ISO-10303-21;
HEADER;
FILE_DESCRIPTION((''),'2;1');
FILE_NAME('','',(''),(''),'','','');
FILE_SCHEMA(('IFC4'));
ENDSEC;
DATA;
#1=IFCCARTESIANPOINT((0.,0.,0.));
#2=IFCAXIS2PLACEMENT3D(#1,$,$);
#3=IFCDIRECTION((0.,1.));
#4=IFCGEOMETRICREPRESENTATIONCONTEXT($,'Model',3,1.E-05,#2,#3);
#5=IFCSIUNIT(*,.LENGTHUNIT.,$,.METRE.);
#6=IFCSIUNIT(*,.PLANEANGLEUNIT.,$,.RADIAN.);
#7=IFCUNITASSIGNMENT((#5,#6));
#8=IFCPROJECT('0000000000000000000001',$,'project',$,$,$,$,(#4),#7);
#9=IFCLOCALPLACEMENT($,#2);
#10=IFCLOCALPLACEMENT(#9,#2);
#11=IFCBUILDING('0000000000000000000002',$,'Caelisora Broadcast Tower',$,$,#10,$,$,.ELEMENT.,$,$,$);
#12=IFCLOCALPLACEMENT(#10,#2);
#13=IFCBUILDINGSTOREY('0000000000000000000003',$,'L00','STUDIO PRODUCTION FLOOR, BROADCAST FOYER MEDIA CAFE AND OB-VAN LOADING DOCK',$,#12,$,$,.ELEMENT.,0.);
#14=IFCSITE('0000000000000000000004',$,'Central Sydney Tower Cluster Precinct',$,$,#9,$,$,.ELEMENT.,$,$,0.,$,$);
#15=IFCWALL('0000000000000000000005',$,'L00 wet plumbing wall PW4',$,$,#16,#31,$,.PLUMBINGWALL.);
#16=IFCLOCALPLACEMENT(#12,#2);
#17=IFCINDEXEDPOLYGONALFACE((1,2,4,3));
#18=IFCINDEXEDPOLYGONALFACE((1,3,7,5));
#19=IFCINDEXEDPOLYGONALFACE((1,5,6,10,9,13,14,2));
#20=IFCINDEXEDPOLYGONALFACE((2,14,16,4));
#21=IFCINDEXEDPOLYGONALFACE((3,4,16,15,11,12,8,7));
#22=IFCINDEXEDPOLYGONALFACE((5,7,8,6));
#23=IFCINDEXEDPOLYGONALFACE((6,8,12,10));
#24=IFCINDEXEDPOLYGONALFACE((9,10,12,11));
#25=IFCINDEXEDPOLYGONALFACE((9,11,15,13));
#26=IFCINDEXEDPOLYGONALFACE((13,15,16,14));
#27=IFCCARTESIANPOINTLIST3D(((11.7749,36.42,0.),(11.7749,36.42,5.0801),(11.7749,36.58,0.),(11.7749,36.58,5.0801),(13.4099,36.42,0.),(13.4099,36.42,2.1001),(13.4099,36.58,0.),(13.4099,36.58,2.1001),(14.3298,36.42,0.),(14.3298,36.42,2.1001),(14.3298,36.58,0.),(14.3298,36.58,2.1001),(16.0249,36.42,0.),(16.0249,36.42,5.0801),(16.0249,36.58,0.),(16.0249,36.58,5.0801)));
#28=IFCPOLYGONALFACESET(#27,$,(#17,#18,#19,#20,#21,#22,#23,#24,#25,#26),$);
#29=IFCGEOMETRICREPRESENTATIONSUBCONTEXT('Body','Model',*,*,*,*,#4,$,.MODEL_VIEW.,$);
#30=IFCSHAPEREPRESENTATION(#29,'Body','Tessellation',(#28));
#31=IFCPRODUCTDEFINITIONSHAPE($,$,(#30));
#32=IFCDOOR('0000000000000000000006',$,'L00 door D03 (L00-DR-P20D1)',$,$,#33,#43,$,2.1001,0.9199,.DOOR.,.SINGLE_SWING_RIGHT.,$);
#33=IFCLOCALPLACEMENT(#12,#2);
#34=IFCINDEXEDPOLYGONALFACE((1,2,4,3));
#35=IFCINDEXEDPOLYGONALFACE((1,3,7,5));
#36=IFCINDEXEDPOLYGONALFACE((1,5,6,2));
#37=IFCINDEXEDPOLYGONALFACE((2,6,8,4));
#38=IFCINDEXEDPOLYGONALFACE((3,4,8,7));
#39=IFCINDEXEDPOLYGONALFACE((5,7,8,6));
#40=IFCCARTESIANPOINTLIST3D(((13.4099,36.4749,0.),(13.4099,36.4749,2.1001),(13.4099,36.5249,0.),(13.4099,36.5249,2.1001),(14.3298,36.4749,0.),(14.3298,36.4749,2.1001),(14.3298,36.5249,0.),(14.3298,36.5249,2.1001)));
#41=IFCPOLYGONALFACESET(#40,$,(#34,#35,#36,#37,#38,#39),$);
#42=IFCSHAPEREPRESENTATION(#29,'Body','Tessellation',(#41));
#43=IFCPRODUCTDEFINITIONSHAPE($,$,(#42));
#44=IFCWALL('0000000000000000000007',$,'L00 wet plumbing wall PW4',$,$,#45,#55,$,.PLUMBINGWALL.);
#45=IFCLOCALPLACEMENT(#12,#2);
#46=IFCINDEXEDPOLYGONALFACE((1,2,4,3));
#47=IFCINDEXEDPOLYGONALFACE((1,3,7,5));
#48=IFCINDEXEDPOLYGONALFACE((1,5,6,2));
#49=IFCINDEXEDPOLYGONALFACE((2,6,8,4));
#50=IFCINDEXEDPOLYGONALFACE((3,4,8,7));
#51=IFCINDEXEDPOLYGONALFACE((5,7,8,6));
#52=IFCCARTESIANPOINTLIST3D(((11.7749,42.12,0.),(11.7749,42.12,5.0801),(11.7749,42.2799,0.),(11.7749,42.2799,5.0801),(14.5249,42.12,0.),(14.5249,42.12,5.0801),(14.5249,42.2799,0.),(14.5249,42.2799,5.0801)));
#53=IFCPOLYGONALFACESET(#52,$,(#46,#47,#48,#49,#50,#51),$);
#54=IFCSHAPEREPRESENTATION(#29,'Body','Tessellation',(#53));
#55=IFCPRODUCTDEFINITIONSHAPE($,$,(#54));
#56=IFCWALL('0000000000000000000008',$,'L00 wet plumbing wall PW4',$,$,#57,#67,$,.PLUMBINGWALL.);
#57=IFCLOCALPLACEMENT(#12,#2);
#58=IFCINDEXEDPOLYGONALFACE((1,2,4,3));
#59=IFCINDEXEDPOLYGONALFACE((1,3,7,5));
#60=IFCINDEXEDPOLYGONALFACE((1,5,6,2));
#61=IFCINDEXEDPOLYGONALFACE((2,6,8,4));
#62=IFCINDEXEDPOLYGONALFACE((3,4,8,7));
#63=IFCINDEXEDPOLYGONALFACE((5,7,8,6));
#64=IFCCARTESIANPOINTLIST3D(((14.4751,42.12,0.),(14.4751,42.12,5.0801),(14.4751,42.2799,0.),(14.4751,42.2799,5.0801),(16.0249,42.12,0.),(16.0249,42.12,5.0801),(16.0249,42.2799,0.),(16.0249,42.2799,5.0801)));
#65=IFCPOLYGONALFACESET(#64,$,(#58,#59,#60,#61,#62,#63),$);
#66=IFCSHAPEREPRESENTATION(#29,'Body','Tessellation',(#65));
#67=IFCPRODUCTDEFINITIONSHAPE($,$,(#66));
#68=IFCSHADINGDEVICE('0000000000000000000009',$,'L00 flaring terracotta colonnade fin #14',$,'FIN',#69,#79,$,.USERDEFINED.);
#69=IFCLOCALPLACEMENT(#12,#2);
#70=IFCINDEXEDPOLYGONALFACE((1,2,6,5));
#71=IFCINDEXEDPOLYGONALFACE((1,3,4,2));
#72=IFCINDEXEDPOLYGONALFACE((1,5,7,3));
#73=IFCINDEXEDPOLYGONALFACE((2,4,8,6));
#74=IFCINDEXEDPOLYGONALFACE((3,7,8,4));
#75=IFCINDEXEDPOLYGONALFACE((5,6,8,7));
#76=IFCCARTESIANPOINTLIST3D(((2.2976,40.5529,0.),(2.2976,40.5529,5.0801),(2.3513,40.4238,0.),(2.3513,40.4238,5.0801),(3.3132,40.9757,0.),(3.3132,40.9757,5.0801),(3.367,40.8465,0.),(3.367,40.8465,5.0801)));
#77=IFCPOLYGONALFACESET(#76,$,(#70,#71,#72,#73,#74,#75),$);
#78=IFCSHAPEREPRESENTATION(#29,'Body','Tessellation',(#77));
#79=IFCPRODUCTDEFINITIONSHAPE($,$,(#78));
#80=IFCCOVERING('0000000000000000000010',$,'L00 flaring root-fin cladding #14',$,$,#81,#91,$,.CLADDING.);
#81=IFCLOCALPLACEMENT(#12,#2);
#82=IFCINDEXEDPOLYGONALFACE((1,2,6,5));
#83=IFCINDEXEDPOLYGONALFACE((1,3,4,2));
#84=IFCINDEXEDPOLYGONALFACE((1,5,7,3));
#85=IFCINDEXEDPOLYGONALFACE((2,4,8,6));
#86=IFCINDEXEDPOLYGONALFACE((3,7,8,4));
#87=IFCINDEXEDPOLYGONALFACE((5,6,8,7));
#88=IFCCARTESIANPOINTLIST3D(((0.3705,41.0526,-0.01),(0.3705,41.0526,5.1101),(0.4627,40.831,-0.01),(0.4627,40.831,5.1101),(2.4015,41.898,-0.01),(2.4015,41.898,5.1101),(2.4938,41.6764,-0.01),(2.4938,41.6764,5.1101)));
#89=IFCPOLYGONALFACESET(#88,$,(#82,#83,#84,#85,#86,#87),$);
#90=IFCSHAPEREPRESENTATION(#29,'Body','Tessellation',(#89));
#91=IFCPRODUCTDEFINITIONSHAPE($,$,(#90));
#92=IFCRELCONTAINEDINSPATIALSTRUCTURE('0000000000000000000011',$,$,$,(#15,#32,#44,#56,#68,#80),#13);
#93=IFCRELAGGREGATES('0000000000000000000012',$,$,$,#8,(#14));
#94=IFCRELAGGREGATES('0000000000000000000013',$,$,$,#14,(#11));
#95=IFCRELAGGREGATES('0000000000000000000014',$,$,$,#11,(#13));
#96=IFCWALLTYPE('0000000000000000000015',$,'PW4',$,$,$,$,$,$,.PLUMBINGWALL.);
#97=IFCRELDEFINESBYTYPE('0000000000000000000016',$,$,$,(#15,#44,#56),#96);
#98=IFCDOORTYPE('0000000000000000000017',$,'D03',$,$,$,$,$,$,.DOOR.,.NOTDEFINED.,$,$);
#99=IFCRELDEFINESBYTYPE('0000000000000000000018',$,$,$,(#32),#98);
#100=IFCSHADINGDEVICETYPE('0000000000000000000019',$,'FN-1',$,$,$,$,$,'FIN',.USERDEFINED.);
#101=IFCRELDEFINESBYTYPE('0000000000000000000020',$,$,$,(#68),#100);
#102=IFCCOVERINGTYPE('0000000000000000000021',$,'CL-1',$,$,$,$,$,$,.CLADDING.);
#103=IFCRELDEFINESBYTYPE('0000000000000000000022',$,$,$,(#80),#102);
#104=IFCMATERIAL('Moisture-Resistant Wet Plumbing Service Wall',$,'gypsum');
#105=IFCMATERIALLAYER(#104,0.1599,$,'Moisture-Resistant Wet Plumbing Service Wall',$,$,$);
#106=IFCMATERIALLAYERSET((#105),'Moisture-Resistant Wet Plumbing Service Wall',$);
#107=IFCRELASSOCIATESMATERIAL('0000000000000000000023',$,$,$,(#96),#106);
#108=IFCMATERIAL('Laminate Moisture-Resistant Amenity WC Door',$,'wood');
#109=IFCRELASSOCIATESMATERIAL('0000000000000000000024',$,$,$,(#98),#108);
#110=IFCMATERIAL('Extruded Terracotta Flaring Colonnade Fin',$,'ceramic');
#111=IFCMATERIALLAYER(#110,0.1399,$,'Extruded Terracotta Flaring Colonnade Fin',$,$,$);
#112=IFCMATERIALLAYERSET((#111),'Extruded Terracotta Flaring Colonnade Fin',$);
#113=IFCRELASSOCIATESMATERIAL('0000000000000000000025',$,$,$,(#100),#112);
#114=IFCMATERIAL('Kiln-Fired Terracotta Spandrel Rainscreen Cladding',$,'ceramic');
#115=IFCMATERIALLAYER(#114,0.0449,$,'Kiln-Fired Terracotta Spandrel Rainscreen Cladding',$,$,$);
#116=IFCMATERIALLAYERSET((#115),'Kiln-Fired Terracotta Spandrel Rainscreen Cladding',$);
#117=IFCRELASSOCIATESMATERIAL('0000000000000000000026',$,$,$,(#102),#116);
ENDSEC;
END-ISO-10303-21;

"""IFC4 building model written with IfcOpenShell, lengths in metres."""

from ifc_helpers import new_model, si_unit, direction, frame, frame_2d, origin, origin_2d, place, context, subcontext, project, spatial, rectangle, extrude, source, transform, mapped, material, layer, layer_set, type_object, type_shapes, element, fill, save


model = new_model("IFC4")

# Units and contexts
model_context = context("Model", 3, precision=1e-05, world=origin(), true_north=direction((0.0, 1.0)))
body_context = subcontext(model_context, "Body", "Model", "MODEL_VIEW")
ifc_project = project(units=[si_unit("LENGTHUNIT", "METRE"), si_unit("PLANEANGLEUNIT", "RADIAN")], contexts=[model_context])

# Site, building, storey
site_placement = place(None, origin())
site = spatial("IfcSite", under=ifc_project, at=site_placement, Name="Central Sydney Tower Cluster Precinct", CompositionType="ELEMENT", RefElevation=0.0)
building_placement = place(site_placement, origin())
building = spatial("IfcBuilding", under=site, at=building_placement, Name="Caelisora Broadcast Tower", CompositionType="ELEMENT")
storey_placement = place(building_placement, origin())
storey = spatial("IfcBuildingStorey", under=building, at=storey_placement, Name="L00", Description="STUDIO PRODUCTION FLOOR, BROADCAST FOYER MEDIA CAFE AND OB-VAN LOADING DOCK", CompositionType="ELEMENT", Elevation=0.0)

# Shared definitions
ifc_material_1 = material(Name="Moisture-Resistant Wet Plumbing Service Wall", Category="gypsum")
ifc_layer_1 = layer(ifc_material_1, 0.1599, Name="Moisture-Resistant Wet Plumbing Service Wall")
ifc_layer_set_1 = layer_set([ifc_layer_1], Name="Moisture-Resistant Wet Plumbing Service Wall")
wall_type_1 = type_object("IfcWallType", Name="PW4", PredefinedType="PLUMBINGWALL", material=ifc_layer_set_1)

# Shared definitions
ifc_material_2 = material(Name="Laminate Moisture-Resistant Amenity WC Door", Category="wood")
door_type_1 = type_object("IfcDoorType", Name="D03", OperationType="NOTDEFINED", PredefinedType="DOOR", material=ifc_material_2)

# Wall, opening, door
wall_1_placement = place(storey_placement, frame((11.7749, 36.5, 0.0), z_axis=(0.0, 0.0, 1.0), x_axis=(1.0, 0.0, 0.0)))
wall_1 = element("IfcWall", 1, at=wall_1_placement, inside=storey, type_object=wall_type_1, Name="L00 wet plumbing wall PW4", PredefinedType="PLUMBINGWALL", context=body_context, shape_type="SweptSolid", body=[
    extrude(rectangle(XDim=4.25, YDim=0.1599, at=frame_2d((2.125, 0.0))), origin(), (0.0, 0.0, 1.0), 5.0801),
])
opening_1_placement = place(wall_1_placement, frame((1.635, 0.0, 0.0)))
opening_1 = element("IfcOpeningElement", 2, at=opening_1_placement, cuts=wall_1, PredefinedType="OPENING", context=body_context, shape_type="SweptSolid", body=[
    extrude(rectangle(XDim=0.9199, YDim=2.1001, at=frame_2d((0.46, 1.05))), frame((0.0, 0.092, 0.0), z_axis=(0.0, -1.0, 0.0), x_axis=(1.0, 0.0, 0.0)), (0.0, 0.0, 1.0), 0.1838),
])
door_1_placement = place(opening_1_placement, origin())
door_1 = element("IfcDoor", 3, at=door_1_placement, inside=storey, type_object=door_type_1, Name="L00 door D03 (L00-DR-P20D1)", OperationType="SINGLE_SWING_RIGHT", OverallHeight=2.1001, OverallWidth=0.9199, PredefinedType="DOOR", context=body_context, shape_type="SweptSolid", body=[
    extrude(rectangle(XDim=0.9199, YDim=2.1001, at=frame_2d((0.46, 1.05))), frame((0.0, 0.0249, 0.0), z_axis=(0.0, -1.0, 0.0), x_axis=(1.0, 0.0, 0.0)), (0.0, 0.0, 1.0), 0.05),
])
fill(opening_1, door_1)

# Walls
wall_2_placement = place(storey_placement, frame((11.7749, 42.2, 0.0), z_axis=(0.0, 0.0, 1.0), x_axis=(1.0, 0.0, 0.0)))
element("IfcWall", 4, at=wall_2_placement, inside=storey, type_object=wall_type_1, Name="L00 wet plumbing wall PW4", PredefinedType="PLUMBINGWALL", context=body_context, shape_type="SweptSolid", body=[
    extrude(rectangle(XDim=2.75, YDim=0.1599, at=frame_2d((1.375, 0.0))), origin(), (0.0, 0.0, 1.0), 5.0801),
])
wall_3_placement = place(storey_placement, frame((14.4751, 42.2, 0.0), z_axis=(0.0, 0.0, 1.0), x_axis=(1.0, 0.0, 0.0)))
element("IfcWall", 5, at=wall_3_placement, inside=storey, type_object=wall_type_1, Name="L00 wet plumbing wall PW4", PredefinedType="PLUMBINGWALL", context=body_context, shape_type="SweptSolid", body=[
    extrude(rectangle(XDim=1.5498, YDim=0.1599, at=frame_2d((0.7749, 0.0))), origin(), (0.0, 0.0, 1.0), 5.0801),
])

# Shading device
ifc_material_3 = material(Name="Extruded Terracotta Flaring Colonnade Fin", Category="ceramic")
ifc_layer_2 = layer(ifc_material_3, 0.1399, Name="Extruded Terracotta Flaring Colonnade Fin")
ifc_layer_set_2 = layer_set([ifc_layer_2], Name="Extruded Terracotta Flaring Colonnade Fin")
shading_device_type = type_object("IfcShadingDeviceType", Name="FN-1", ElementType="FIN", PredefinedType="USERDEFINED", material=ifc_layer_set_2)
shared_shape_1 = source(origin(), body_context, "Body", "SweptSolid", [
    extrude(rectangle(XDim=1.1001, YDim=0.1399, at=origin_2d()), origin(), (0.0, 0.0, 1.0), 5.0801),
])
type_shapes(shading_device_type, [shared_shape_1])
shading_device_placement = place(storey_placement, frame((2.8323, 40.6997, 0.0), z_axis=(0.0, 0.0, 1.0), x_axis=(-0.92321, -0.384295, 0.0)))
element("IfcShadingDevice", 6, at=shading_device_placement, inside=storey, type_object=shading_device_type, Name="L00 flaring terracotta colonnade fin #14", ObjectType="FIN", PredefinedType="USERDEFINED", context=body_context, shape_type="MappedRepresentation", body=[
    mapped(shared_shape_1, transform((0.0, 0.0, 0.0), scale=1.0)),
])

# Covering
ifc_material_4 = material(Name="Kiln-Fired Terracotta Spandrel Rainscreen Cladding", Category="ceramic")
ifc_layer_3 = layer(ifc_material_4, 0.0449, Name="Kiln-Fired Terracotta Spandrel Rainscreen Cladding")
ifc_layer_set_3 = layer_set([ifc_layer_3], Name="Kiln-Fired Terracotta Spandrel Rainscreen Cladding")
covering_type = type_object("IfcCoveringType", Name="CL-1", PredefinedType="CLADDING", material=ifc_layer_set_3)
shared_shape_2 = source(origin(), body_context, "Body", "SweptSolid", [
    extrude(rectangle(XDim=2.2, YDim=0.24, at=origin_2d()), origin(), (0.0, 0.0, 1.0), 5.1201),
])
type_shapes(covering_type, [shared_shape_2])
covering_placement = place(storey_placement, frame((1.4321, 41.3645, -0.01), z_axis=(0.0, 0.0, 1.0), x_axis=(-0.92321, -0.384295, 0.0)))
element("IfcCovering", 7, at=covering_placement, inside=storey, type_object=covering_type, Name="L00 flaring root-fin cladding #14", PredefinedType="CLADDING", context=body_context, shape_type="MappedRepresentation", body=[
    mapped(shared_shape_2, transform((0.0, 0.0, 0.0), scale=1.0)),
])

save(model, "model.ifc")
